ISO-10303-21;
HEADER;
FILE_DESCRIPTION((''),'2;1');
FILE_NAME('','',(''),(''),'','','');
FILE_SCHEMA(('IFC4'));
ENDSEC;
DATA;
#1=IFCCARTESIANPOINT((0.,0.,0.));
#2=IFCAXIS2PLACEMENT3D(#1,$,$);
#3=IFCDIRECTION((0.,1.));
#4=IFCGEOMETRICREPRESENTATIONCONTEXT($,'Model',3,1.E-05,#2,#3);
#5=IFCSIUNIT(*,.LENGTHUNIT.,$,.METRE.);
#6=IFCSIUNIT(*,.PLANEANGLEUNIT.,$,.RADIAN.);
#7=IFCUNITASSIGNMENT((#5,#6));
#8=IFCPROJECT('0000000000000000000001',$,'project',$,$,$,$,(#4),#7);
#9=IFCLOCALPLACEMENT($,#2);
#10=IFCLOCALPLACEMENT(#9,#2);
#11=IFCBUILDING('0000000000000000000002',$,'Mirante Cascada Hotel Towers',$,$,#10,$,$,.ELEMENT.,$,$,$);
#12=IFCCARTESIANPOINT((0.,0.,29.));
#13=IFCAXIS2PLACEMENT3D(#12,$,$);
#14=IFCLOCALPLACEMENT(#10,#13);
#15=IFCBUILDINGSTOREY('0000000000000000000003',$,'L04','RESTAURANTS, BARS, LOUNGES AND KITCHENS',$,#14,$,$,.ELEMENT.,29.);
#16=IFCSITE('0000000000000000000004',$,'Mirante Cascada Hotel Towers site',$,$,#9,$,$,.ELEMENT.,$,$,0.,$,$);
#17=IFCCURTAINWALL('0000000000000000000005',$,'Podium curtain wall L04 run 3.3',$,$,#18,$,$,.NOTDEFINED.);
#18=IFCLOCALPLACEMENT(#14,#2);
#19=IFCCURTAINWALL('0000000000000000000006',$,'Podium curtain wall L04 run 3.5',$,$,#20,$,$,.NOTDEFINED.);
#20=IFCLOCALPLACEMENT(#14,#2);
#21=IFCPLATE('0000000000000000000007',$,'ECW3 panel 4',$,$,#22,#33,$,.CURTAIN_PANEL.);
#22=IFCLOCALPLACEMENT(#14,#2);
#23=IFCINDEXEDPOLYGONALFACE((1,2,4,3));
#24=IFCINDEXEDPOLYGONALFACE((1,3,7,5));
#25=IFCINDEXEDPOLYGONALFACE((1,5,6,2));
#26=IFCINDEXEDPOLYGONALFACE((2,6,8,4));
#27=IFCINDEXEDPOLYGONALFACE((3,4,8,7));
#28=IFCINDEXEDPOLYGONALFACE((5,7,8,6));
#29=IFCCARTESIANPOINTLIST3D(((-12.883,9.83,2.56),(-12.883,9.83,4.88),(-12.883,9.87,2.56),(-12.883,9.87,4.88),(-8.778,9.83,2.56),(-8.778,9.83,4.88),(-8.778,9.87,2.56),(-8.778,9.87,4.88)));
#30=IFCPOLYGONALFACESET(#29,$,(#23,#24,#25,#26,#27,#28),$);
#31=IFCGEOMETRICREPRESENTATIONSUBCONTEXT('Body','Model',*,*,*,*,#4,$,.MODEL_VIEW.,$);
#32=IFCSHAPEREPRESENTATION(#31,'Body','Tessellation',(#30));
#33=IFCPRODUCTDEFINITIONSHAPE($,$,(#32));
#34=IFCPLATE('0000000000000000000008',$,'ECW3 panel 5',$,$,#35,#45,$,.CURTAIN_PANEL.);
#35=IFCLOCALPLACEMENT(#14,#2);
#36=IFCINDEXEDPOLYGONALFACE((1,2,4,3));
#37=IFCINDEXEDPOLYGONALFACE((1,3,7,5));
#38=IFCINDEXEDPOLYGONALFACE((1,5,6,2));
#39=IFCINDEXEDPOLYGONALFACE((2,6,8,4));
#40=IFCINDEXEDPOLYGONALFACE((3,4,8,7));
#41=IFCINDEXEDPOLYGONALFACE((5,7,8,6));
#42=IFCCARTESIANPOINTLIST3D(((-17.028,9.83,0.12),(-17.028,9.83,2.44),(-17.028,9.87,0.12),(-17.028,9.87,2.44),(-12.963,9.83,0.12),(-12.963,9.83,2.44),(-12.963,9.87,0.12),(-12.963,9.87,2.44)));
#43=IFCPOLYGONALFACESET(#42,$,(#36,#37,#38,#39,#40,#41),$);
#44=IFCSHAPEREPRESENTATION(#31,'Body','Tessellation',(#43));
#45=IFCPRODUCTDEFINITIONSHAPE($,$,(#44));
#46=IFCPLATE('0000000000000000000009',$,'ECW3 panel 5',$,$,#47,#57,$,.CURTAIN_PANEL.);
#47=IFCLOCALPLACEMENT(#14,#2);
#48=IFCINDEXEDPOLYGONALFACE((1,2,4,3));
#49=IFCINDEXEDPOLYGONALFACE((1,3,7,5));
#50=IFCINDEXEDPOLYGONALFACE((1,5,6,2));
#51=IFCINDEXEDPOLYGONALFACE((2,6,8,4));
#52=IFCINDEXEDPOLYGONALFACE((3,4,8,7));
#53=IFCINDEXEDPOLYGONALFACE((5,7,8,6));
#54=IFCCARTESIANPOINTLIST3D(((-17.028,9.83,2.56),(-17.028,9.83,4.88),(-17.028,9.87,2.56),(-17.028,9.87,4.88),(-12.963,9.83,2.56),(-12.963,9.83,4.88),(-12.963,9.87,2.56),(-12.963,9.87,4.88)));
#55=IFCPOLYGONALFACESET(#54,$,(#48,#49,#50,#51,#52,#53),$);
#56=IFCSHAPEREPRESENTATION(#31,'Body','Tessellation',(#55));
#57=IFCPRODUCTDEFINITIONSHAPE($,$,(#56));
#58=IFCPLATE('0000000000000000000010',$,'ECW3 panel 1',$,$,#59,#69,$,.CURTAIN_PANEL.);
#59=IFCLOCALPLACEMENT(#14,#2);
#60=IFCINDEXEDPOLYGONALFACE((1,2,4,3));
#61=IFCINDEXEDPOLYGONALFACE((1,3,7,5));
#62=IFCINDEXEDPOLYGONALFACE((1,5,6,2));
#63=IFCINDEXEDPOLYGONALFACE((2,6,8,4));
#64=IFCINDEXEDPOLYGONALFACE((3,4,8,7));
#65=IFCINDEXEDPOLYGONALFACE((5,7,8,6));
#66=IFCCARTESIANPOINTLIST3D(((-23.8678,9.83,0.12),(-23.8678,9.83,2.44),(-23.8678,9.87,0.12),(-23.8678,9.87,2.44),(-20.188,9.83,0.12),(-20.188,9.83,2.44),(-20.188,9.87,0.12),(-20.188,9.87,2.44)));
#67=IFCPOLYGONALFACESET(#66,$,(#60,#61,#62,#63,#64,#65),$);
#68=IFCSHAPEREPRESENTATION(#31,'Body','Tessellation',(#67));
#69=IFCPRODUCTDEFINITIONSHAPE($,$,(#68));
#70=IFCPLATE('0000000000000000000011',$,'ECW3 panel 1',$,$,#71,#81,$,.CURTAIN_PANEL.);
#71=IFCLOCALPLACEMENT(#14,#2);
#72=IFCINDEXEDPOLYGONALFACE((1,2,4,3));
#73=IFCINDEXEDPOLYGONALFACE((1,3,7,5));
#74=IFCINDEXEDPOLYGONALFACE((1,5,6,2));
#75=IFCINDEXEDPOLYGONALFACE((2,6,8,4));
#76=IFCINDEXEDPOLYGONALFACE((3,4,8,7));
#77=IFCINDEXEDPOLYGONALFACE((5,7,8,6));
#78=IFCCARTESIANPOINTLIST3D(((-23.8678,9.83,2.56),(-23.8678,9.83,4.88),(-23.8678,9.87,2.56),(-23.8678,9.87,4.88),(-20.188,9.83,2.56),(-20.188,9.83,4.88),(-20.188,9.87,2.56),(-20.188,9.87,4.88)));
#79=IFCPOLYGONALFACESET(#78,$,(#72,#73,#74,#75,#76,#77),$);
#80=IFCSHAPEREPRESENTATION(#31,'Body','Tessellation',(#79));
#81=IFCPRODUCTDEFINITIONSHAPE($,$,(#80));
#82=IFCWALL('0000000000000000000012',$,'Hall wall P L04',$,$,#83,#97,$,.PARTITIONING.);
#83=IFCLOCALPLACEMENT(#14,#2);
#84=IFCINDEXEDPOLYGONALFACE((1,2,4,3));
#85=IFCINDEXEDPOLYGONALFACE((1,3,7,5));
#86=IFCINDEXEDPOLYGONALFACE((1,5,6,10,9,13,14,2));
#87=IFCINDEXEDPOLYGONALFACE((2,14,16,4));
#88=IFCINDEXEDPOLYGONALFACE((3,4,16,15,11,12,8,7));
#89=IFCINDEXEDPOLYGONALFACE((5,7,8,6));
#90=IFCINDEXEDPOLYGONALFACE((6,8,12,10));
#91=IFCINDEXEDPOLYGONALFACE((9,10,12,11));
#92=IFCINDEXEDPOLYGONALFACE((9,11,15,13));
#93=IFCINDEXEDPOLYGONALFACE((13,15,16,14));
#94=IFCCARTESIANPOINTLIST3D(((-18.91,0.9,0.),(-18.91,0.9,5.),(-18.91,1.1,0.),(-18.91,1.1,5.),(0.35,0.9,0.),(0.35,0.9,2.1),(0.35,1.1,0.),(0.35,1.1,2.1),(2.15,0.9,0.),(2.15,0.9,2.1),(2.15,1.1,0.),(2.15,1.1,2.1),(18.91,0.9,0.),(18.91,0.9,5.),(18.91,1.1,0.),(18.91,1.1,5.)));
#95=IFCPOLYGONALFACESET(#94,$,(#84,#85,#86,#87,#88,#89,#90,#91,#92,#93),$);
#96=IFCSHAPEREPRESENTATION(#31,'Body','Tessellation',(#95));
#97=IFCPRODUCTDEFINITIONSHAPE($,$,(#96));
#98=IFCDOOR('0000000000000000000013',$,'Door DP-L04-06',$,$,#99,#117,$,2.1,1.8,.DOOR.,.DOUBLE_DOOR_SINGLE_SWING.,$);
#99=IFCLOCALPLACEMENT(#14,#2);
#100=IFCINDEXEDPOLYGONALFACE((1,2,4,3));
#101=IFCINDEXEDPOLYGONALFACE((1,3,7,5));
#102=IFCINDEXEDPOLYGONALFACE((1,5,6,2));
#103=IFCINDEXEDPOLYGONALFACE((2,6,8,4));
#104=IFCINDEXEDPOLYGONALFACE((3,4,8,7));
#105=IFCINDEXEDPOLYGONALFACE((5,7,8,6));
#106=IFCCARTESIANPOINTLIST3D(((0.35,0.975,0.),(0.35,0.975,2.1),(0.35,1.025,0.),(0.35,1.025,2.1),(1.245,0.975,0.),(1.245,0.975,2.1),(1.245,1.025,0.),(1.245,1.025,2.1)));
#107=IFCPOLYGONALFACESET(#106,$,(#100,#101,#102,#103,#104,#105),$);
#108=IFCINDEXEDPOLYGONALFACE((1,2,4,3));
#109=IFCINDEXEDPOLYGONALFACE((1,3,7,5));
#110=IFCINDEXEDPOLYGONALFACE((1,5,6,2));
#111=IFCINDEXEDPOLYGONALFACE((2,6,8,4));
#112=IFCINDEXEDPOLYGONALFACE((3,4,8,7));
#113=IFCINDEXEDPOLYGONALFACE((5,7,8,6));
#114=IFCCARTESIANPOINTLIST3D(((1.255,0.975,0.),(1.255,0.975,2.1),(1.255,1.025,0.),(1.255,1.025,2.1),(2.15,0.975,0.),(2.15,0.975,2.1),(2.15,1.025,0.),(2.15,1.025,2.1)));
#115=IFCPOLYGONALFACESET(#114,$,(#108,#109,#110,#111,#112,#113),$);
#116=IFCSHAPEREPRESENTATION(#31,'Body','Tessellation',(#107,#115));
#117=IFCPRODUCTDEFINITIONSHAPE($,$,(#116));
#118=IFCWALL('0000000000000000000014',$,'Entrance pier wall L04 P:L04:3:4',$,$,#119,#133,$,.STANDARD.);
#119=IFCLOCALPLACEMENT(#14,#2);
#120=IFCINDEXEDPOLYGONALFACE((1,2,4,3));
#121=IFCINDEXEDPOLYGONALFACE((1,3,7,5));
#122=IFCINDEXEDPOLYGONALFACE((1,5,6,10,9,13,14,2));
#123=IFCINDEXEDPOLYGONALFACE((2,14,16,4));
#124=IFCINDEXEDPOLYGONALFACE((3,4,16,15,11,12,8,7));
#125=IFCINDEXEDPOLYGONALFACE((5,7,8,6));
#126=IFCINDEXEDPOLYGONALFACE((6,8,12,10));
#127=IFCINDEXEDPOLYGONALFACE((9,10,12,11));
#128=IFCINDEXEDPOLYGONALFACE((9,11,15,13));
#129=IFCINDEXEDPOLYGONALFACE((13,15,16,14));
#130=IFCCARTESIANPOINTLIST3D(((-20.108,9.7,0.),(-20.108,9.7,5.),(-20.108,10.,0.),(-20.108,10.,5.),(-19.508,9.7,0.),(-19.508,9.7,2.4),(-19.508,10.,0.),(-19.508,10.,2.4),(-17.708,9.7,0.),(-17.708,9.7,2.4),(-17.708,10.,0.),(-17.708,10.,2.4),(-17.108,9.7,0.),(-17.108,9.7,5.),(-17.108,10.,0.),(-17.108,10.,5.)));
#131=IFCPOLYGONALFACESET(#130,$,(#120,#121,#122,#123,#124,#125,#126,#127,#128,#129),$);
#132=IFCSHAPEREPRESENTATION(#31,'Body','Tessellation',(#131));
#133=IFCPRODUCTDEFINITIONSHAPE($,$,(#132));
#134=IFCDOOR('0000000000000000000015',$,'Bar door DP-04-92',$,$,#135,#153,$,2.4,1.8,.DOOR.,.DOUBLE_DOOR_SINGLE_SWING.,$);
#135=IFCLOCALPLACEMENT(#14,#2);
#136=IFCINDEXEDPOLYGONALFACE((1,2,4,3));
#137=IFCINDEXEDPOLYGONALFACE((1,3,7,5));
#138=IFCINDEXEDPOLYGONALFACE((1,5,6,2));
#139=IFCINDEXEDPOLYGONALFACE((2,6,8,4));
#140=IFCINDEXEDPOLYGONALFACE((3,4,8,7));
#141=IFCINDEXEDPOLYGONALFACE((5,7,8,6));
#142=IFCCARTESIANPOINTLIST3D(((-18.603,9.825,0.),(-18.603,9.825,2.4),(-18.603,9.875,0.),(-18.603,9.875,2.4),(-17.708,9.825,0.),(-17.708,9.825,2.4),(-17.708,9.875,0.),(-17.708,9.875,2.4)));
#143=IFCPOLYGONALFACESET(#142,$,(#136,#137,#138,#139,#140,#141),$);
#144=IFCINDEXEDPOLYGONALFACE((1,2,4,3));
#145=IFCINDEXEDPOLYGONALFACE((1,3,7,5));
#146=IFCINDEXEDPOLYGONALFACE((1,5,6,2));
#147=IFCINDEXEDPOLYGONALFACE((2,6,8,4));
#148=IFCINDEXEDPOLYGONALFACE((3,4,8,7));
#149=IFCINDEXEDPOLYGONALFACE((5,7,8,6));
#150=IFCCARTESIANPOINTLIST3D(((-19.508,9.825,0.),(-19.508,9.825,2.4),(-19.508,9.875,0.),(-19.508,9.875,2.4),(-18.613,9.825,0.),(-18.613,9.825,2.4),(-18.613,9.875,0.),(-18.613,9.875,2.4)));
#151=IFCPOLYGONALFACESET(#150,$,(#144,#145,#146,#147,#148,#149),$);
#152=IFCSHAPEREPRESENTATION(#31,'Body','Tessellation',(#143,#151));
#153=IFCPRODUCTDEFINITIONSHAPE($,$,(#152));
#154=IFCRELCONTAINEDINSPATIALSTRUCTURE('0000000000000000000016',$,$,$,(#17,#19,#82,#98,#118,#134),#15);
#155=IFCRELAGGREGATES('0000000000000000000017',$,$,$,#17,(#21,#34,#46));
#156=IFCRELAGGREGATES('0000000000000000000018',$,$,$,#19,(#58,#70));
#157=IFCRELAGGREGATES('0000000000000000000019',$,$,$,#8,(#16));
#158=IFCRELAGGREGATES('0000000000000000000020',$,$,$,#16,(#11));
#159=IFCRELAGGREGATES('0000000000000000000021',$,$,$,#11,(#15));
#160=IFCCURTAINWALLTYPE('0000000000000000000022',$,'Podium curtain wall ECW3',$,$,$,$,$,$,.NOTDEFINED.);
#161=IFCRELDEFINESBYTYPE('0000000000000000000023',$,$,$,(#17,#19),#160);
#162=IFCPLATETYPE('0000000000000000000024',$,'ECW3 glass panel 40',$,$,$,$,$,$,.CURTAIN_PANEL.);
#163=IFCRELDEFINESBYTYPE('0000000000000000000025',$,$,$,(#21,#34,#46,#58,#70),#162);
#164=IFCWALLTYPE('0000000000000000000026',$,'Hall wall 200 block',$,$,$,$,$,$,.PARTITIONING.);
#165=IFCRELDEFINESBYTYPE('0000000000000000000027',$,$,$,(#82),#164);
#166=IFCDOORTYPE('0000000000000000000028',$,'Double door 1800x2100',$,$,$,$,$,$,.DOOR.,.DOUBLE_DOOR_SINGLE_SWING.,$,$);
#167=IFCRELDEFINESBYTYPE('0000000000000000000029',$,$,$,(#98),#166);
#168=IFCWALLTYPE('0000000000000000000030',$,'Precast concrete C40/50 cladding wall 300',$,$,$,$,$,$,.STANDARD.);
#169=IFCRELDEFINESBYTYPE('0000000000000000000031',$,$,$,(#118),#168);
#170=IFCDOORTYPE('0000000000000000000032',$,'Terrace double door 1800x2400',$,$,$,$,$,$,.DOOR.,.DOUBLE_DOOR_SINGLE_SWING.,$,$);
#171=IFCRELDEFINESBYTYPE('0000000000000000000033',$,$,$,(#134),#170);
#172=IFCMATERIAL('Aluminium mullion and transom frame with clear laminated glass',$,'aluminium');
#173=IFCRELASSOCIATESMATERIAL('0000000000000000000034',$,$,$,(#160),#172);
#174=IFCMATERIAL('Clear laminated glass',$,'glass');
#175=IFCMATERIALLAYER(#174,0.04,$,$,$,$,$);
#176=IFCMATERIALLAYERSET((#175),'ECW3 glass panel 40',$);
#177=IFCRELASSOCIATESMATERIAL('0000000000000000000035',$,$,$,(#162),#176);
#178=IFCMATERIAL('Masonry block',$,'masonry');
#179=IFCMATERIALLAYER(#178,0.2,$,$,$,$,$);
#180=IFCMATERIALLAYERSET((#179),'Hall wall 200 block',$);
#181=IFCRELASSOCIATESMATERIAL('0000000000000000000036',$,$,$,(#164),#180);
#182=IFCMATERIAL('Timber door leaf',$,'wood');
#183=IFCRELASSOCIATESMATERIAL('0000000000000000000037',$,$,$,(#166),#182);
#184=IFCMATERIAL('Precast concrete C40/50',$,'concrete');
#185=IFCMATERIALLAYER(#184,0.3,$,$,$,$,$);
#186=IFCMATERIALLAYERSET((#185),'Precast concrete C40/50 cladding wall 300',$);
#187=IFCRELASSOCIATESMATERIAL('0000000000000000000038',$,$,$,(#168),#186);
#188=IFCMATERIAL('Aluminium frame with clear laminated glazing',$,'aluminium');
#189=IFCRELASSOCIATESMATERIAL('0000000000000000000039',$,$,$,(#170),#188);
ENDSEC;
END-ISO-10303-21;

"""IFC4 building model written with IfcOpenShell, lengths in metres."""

from ifc_helpers import new_model, si_unit, direction, frame, frame_2d, origin, origin_2d, place, context, subcontext, project, spatial, rectangle, extrude, material, layer, layer_set, type_object, element, fill, aggregate, save


model = new_model("IFC4")

# Units and contexts
model_context = context("Model", 3, precision=1e-05, world=origin(), true_north=direction((0.0, 1.0)))
body_context = subcontext(model_context, "Body", "Model", "MODEL_VIEW")
ifc_project = project(units=[si_unit("LENGTHUNIT", "METRE"), si_unit("PLANEANGLEUNIT", "RADIAN")], contexts=[model_context])

# Site, building, storey
site_placement = place(None, origin())
site = spatial("IfcSite", under=ifc_project, at=site_placement, Name="Mirante Cascada Hotel Towers site", CompositionType="ELEMENT", RefElevation=0.0)
building_placement = place(site_placement, origin())
building = spatial("IfcBuilding", under=site, at=building_placement, Name="Mirante Cascada Hotel Towers", CompositionType="ELEMENT")
storey_placement = place(building_placement, frame((0.0, 0.0, 29.0)))
storey = spatial("IfcBuildingStorey", under=building, at=storey_placement, Name="L04", Description="RESTAURANTS, BARS, LOUNGES AND KITCHENS", CompositionType="ELEMENT", Elevation=29.0)

# Curtain walls
ifc_material_1 = material(Name="Aluminium mullion and transom frame with clear laminated glass", Category="aluminium")
curtain_wall_type = type_object("IfcCurtainWallType", Name="Podium curtain wall ECW3", PredefinedType="NOTDEFINED", material=ifc_material_1)
curtain_wall_1_placement = place(storey_placement, origin())
curtain_wall_1 = element("IfcCurtainWall", 1, at=curtain_wall_1_placement, inside=storey, type_object=curtain_wall_type, Name="Podium curtain wall L04 run 3.3", PredefinedType="NOTDEFINED")
curtain_wall_2_placement = place(storey_placement, origin())
curtain_wall_2 = element("IfcCurtainWall", 2, at=curtain_wall_2_placement, inside=storey, type_object=curtain_wall_type, Name="Podium curtain wall L04 run 3.5", PredefinedType="NOTDEFINED")

# Plates
ifc_material_2 = material(Name="Clear laminated glass", Category="glass")
ifc_layer_1 = layer(ifc_material_2, 0.04)
ifc_layer_set_1 = layer_set([ifc_layer_1], Name="ECW3 glass panel 40")
plate_type = type_object("IfcPlateType", Name="ECW3 glass panel 40", PredefinedType="CURTAIN_PANEL", material=ifc_layer_set_1)
plate_1_placement = place(storey_placement, frame((-10.8305, 9.85, 2.56), z_axis=(0.0, 0.0, 1.0), x_axis=(-1.0, 0.0, 0.0)))
plate_1 = element("IfcPlate", 3, at=plate_1_placement, type_object=plate_type, Name="ECW3 panel 4", PredefinedType="CURTAIN_PANEL", context=body_context, shape_type="SweptSolid", body=[
    extrude(rectangle(XDim=4.105, YDim=0.04, at=origin_2d()), origin(), (0.0, 0.0, 1.0), 2.32),
])
plate_2_placement = place(storey_placement, frame((-14.9955, 9.85, 0.12), z_axis=(0.0, 0.0, 1.0), x_axis=(-1.0, 0.0, 0.0)))
plate_2 = element("IfcPlate", 4, at=plate_2_placement, type_object=plate_type, Name="ECW3 panel 5", PredefinedType="CURTAIN_PANEL", context=body_context, shape_type="SweptSolid", body=[
    extrude(rectangle(XDim=4.065, YDim=0.04, at=origin_2d()), origin(), (0.0, 0.0, 1.0), 2.32),
])
plate_3_placement = place(storey_placement, frame((-14.9955, 9.85, 2.56), z_axis=(0.0, 0.0, 1.0), x_axis=(-1.0, 0.0, 0.0)))
plate_3 = element("IfcPlate", 5, at=plate_3_placement, type_object=plate_type, Name="ECW3 panel 5", PredefinedType="CURTAIN_PANEL", context=body_context, shape_type="SweptSolid", body=[
    extrude(rectangle(XDim=4.065, YDim=0.04, at=origin_2d()), origin(), (0.0, 0.0, 1.0), 2.32),
])
aggregate(curtain_wall_1, [plate_1, plate_2, plate_3])
plate_4_placement = place(storey_placement, frame((-22.0279, 9.85, 0.12), z_axis=(0.0, 0.0, 1.0), x_axis=(-1.0, 0.0, 0.0)))
plate_4 = element("IfcPlate", 6, at=plate_4_placement, type_object=plate_type, Name="ECW3 panel 1", PredefinedType="CURTAIN_PANEL", context=body_context, shape_type="SweptSolid", body=[
    extrude(rectangle(XDim=3.6798, YDim=0.04, at=origin_2d()), origin(), (0.0, 0.0, 1.0), 2.32),
])
plate_5_placement = place(storey_placement, frame((-22.0279, 9.85, 2.56), z_axis=(0.0, 0.0, 1.0), x_axis=(-1.0, 0.0, 0.0)))
plate_5 = element("IfcPlate", 7, at=plate_5_placement, type_object=plate_type, Name="ECW3 panel 1", PredefinedType="CURTAIN_PANEL", context=body_context, shape_type="SweptSolid", body=[
    extrude(rectangle(XDim=3.6798, YDim=0.04, at=origin_2d()), origin(), (0.0, 0.0, 1.0), 2.32),
])
aggregate(curtain_wall_2, [plate_4, plate_5])

# Walls, openings, doors
ifc_material_3 = material(Name="Masonry block", Category="masonry")
ifc_layer_2 = layer(ifc_material_3, 0.2)
ifc_layer_set_2 = layer_set([ifc_layer_2], Name="Hall wall 200 block")
wall_type_1 = type_object("IfcWallType", Name="Hall wall 200 block", PredefinedType="PARTITIONING", material=ifc_layer_set_2)
wall_1_placement = place(storey_placement, frame((-18.91, 1.0, 0.0), z_axis=(0.0, 0.0, 1.0), x_axis=(1.0, 0.0, 0.0)))
wall_1 = element("IfcWall", 8, at=wall_1_placement, inside=storey, type_object=wall_type_1, Name="Hall wall P L04", PredefinedType="PARTITIONING", context=body_context, shape_type="SweptSolid", body=[
    extrude(rectangle(XDim=37.82, YDim=0.2, at=frame_2d((18.91, 0.0))), origin(), (0.0, 0.0, 1.0), 5.0),
])
opening_1_placement = place(wall_1_placement, frame((19.26, 0.0, 0.0)))
opening_1 = element("IfcOpeningElement", 9, at=opening_1_placement, cuts=wall_1, PredefinedType="OPENING", context=body_context, shape_type="SweptSolid", body=[
    extrude(rectangle(XDim=1.8, YDim=2.1, at=frame_2d((0.9, 1.05))), frame((0.0, 0.1, 0.0), z_axis=(0.0, -1.0, 0.0), x_axis=(1.0, 0.0, 0.0)), (0.0, 0.0, 1.0), 0.2),
])
ifc_material_4 = material(Name="Timber door leaf", Category="wood")
door_type_1 = type_object("IfcDoorType", Name="Double door 1800x2100", OperationType="DOUBLE_DOOR_SINGLE_SWING", PredefinedType="DOOR", material=ifc_material_4)
door_1_placement = place(opening_1_placement, origin())
door_1 = element("IfcDoor", 10, at=door_1_placement, inside=storey, type_object=door_type_1, Name="Door DP-L04-06", OperationType="DOUBLE_DOOR_SINGLE_SWING", OverallHeight=2.1, OverallWidth=1.8, PredefinedType="DOOR", context=body_context, shape_type="SweptSolid", body=[
    extrude(rectangle(XDim=0.895, YDim=2.1, at=frame_2d((0.4475, 1.05))), frame((0.0, 0.025, 0.0), z_axis=(0.0, -1.0, 0.0), x_axis=(1.0, 0.0, 0.0)), (0.0, 0.0, 1.0), 0.05),
    extrude(rectangle(XDim=0.895, YDim=2.1, at=frame_2d((1.3525, 1.05))), frame((0.0, 0.025, 0.0), z_axis=(0.0, -1.0, 0.0), x_axis=(1.0, 0.0, 0.0)), (0.0, 0.0, 1.0), 0.05),
])
fill(opening_1, door_1)
ifc_material_5 = material(Name="Precast concrete C40/50", Category="concrete")
ifc_layer_3 = layer(ifc_material_5, 0.3)
ifc_layer_set_3 = layer_set([ifc_layer_3], Name="Precast concrete C40/50 cladding wall 300")
wall_type_2 = type_object("IfcWallType", Name="Precast concrete C40/50 cladding wall 300", PredefinedType="STANDARD", material=ifc_layer_set_3)
wall_2_placement = place(storey_placement, frame((-17.108, 9.85, 0.0), z_axis=(0.0, 0.0, 1.0), x_axis=(-1.0, 0.0, 0.0)))
wall_2 = element("IfcWall", 11, at=wall_2_placement, inside=storey, type_object=wall_type_2, Name="Entrance pier wall L04 P:L04:3:4", PredefinedType="STANDARD", context=body_context, shape_type="SweptSolid", body=[
    extrude(rectangle(XDim=3.0, YDim=0.3, at=frame_2d((1.5, 0.0))), origin(), (0.0, 0.0, 1.0), 5.0),
])
opening_2_placement = place(wall_2_placement, frame((0.6, 0.0, 0.0)))
opening_2 = element("IfcOpeningElement", 12, at=opening_2_placement, cuts=wall_2, PredefinedType="OPENING", context=body_context, shape_type="SweptSolid", body=[
    extrude(rectangle(XDim=1.8, YDim=2.4, at=frame_2d((0.9, 1.2))), frame((0.0, 0.15, 0.0), z_axis=(0.0, -1.0, 0.0), x_axis=(1.0, 0.0, 0.0)), (0.0, 0.0, 1.0), 0.3),
])
ifc_material_6 = material(Name="Aluminium frame with clear laminated glazing", Category="aluminium")
door_type_2 = type_object("IfcDoorType", Name="Terrace double door 1800x2400", OperationType="DOUBLE_DOOR_SINGLE_SWING", PredefinedType="DOOR", material=ifc_material_6)
door_2_placement = place(opening_2_placement, origin())
door_2 = element("IfcDoor", 13, at=door_2_placement, inside=storey, type_object=door_type_2, Name="Bar door DP-04-92", OperationType="DOUBLE_DOOR_SINGLE_SWING", OverallHeight=2.4, OverallWidth=1.8, PredefinedType="DOOR", context=body_context, shape_type="SweptSolid", body=[
    extrude(rectangle(XDim=0.895, YDim=2.4, at=frame_2d((0.4475, 1.2))), frame((0.0, 0.025, 0.0), z_axis=(0.0, -1.0, 0.0), x_axis=(1.0, 0.0, 0.0)), (0.0, 0.0, 1.0), 0.05),
    extrude(rectangle(XDim=0.895, YDim=2.4, at=frame_2d((1.3525, 1.2))), frame((0.0, 0.025, 0.0), z_axis=(0.0, -1.0, 0.0), x_axis=(1.0, 0.0, 0.0)), (0.0, 0.0, 1.0), 0.05),
])
fill(opening_2, door_2)

save(model, "model.ifc")
